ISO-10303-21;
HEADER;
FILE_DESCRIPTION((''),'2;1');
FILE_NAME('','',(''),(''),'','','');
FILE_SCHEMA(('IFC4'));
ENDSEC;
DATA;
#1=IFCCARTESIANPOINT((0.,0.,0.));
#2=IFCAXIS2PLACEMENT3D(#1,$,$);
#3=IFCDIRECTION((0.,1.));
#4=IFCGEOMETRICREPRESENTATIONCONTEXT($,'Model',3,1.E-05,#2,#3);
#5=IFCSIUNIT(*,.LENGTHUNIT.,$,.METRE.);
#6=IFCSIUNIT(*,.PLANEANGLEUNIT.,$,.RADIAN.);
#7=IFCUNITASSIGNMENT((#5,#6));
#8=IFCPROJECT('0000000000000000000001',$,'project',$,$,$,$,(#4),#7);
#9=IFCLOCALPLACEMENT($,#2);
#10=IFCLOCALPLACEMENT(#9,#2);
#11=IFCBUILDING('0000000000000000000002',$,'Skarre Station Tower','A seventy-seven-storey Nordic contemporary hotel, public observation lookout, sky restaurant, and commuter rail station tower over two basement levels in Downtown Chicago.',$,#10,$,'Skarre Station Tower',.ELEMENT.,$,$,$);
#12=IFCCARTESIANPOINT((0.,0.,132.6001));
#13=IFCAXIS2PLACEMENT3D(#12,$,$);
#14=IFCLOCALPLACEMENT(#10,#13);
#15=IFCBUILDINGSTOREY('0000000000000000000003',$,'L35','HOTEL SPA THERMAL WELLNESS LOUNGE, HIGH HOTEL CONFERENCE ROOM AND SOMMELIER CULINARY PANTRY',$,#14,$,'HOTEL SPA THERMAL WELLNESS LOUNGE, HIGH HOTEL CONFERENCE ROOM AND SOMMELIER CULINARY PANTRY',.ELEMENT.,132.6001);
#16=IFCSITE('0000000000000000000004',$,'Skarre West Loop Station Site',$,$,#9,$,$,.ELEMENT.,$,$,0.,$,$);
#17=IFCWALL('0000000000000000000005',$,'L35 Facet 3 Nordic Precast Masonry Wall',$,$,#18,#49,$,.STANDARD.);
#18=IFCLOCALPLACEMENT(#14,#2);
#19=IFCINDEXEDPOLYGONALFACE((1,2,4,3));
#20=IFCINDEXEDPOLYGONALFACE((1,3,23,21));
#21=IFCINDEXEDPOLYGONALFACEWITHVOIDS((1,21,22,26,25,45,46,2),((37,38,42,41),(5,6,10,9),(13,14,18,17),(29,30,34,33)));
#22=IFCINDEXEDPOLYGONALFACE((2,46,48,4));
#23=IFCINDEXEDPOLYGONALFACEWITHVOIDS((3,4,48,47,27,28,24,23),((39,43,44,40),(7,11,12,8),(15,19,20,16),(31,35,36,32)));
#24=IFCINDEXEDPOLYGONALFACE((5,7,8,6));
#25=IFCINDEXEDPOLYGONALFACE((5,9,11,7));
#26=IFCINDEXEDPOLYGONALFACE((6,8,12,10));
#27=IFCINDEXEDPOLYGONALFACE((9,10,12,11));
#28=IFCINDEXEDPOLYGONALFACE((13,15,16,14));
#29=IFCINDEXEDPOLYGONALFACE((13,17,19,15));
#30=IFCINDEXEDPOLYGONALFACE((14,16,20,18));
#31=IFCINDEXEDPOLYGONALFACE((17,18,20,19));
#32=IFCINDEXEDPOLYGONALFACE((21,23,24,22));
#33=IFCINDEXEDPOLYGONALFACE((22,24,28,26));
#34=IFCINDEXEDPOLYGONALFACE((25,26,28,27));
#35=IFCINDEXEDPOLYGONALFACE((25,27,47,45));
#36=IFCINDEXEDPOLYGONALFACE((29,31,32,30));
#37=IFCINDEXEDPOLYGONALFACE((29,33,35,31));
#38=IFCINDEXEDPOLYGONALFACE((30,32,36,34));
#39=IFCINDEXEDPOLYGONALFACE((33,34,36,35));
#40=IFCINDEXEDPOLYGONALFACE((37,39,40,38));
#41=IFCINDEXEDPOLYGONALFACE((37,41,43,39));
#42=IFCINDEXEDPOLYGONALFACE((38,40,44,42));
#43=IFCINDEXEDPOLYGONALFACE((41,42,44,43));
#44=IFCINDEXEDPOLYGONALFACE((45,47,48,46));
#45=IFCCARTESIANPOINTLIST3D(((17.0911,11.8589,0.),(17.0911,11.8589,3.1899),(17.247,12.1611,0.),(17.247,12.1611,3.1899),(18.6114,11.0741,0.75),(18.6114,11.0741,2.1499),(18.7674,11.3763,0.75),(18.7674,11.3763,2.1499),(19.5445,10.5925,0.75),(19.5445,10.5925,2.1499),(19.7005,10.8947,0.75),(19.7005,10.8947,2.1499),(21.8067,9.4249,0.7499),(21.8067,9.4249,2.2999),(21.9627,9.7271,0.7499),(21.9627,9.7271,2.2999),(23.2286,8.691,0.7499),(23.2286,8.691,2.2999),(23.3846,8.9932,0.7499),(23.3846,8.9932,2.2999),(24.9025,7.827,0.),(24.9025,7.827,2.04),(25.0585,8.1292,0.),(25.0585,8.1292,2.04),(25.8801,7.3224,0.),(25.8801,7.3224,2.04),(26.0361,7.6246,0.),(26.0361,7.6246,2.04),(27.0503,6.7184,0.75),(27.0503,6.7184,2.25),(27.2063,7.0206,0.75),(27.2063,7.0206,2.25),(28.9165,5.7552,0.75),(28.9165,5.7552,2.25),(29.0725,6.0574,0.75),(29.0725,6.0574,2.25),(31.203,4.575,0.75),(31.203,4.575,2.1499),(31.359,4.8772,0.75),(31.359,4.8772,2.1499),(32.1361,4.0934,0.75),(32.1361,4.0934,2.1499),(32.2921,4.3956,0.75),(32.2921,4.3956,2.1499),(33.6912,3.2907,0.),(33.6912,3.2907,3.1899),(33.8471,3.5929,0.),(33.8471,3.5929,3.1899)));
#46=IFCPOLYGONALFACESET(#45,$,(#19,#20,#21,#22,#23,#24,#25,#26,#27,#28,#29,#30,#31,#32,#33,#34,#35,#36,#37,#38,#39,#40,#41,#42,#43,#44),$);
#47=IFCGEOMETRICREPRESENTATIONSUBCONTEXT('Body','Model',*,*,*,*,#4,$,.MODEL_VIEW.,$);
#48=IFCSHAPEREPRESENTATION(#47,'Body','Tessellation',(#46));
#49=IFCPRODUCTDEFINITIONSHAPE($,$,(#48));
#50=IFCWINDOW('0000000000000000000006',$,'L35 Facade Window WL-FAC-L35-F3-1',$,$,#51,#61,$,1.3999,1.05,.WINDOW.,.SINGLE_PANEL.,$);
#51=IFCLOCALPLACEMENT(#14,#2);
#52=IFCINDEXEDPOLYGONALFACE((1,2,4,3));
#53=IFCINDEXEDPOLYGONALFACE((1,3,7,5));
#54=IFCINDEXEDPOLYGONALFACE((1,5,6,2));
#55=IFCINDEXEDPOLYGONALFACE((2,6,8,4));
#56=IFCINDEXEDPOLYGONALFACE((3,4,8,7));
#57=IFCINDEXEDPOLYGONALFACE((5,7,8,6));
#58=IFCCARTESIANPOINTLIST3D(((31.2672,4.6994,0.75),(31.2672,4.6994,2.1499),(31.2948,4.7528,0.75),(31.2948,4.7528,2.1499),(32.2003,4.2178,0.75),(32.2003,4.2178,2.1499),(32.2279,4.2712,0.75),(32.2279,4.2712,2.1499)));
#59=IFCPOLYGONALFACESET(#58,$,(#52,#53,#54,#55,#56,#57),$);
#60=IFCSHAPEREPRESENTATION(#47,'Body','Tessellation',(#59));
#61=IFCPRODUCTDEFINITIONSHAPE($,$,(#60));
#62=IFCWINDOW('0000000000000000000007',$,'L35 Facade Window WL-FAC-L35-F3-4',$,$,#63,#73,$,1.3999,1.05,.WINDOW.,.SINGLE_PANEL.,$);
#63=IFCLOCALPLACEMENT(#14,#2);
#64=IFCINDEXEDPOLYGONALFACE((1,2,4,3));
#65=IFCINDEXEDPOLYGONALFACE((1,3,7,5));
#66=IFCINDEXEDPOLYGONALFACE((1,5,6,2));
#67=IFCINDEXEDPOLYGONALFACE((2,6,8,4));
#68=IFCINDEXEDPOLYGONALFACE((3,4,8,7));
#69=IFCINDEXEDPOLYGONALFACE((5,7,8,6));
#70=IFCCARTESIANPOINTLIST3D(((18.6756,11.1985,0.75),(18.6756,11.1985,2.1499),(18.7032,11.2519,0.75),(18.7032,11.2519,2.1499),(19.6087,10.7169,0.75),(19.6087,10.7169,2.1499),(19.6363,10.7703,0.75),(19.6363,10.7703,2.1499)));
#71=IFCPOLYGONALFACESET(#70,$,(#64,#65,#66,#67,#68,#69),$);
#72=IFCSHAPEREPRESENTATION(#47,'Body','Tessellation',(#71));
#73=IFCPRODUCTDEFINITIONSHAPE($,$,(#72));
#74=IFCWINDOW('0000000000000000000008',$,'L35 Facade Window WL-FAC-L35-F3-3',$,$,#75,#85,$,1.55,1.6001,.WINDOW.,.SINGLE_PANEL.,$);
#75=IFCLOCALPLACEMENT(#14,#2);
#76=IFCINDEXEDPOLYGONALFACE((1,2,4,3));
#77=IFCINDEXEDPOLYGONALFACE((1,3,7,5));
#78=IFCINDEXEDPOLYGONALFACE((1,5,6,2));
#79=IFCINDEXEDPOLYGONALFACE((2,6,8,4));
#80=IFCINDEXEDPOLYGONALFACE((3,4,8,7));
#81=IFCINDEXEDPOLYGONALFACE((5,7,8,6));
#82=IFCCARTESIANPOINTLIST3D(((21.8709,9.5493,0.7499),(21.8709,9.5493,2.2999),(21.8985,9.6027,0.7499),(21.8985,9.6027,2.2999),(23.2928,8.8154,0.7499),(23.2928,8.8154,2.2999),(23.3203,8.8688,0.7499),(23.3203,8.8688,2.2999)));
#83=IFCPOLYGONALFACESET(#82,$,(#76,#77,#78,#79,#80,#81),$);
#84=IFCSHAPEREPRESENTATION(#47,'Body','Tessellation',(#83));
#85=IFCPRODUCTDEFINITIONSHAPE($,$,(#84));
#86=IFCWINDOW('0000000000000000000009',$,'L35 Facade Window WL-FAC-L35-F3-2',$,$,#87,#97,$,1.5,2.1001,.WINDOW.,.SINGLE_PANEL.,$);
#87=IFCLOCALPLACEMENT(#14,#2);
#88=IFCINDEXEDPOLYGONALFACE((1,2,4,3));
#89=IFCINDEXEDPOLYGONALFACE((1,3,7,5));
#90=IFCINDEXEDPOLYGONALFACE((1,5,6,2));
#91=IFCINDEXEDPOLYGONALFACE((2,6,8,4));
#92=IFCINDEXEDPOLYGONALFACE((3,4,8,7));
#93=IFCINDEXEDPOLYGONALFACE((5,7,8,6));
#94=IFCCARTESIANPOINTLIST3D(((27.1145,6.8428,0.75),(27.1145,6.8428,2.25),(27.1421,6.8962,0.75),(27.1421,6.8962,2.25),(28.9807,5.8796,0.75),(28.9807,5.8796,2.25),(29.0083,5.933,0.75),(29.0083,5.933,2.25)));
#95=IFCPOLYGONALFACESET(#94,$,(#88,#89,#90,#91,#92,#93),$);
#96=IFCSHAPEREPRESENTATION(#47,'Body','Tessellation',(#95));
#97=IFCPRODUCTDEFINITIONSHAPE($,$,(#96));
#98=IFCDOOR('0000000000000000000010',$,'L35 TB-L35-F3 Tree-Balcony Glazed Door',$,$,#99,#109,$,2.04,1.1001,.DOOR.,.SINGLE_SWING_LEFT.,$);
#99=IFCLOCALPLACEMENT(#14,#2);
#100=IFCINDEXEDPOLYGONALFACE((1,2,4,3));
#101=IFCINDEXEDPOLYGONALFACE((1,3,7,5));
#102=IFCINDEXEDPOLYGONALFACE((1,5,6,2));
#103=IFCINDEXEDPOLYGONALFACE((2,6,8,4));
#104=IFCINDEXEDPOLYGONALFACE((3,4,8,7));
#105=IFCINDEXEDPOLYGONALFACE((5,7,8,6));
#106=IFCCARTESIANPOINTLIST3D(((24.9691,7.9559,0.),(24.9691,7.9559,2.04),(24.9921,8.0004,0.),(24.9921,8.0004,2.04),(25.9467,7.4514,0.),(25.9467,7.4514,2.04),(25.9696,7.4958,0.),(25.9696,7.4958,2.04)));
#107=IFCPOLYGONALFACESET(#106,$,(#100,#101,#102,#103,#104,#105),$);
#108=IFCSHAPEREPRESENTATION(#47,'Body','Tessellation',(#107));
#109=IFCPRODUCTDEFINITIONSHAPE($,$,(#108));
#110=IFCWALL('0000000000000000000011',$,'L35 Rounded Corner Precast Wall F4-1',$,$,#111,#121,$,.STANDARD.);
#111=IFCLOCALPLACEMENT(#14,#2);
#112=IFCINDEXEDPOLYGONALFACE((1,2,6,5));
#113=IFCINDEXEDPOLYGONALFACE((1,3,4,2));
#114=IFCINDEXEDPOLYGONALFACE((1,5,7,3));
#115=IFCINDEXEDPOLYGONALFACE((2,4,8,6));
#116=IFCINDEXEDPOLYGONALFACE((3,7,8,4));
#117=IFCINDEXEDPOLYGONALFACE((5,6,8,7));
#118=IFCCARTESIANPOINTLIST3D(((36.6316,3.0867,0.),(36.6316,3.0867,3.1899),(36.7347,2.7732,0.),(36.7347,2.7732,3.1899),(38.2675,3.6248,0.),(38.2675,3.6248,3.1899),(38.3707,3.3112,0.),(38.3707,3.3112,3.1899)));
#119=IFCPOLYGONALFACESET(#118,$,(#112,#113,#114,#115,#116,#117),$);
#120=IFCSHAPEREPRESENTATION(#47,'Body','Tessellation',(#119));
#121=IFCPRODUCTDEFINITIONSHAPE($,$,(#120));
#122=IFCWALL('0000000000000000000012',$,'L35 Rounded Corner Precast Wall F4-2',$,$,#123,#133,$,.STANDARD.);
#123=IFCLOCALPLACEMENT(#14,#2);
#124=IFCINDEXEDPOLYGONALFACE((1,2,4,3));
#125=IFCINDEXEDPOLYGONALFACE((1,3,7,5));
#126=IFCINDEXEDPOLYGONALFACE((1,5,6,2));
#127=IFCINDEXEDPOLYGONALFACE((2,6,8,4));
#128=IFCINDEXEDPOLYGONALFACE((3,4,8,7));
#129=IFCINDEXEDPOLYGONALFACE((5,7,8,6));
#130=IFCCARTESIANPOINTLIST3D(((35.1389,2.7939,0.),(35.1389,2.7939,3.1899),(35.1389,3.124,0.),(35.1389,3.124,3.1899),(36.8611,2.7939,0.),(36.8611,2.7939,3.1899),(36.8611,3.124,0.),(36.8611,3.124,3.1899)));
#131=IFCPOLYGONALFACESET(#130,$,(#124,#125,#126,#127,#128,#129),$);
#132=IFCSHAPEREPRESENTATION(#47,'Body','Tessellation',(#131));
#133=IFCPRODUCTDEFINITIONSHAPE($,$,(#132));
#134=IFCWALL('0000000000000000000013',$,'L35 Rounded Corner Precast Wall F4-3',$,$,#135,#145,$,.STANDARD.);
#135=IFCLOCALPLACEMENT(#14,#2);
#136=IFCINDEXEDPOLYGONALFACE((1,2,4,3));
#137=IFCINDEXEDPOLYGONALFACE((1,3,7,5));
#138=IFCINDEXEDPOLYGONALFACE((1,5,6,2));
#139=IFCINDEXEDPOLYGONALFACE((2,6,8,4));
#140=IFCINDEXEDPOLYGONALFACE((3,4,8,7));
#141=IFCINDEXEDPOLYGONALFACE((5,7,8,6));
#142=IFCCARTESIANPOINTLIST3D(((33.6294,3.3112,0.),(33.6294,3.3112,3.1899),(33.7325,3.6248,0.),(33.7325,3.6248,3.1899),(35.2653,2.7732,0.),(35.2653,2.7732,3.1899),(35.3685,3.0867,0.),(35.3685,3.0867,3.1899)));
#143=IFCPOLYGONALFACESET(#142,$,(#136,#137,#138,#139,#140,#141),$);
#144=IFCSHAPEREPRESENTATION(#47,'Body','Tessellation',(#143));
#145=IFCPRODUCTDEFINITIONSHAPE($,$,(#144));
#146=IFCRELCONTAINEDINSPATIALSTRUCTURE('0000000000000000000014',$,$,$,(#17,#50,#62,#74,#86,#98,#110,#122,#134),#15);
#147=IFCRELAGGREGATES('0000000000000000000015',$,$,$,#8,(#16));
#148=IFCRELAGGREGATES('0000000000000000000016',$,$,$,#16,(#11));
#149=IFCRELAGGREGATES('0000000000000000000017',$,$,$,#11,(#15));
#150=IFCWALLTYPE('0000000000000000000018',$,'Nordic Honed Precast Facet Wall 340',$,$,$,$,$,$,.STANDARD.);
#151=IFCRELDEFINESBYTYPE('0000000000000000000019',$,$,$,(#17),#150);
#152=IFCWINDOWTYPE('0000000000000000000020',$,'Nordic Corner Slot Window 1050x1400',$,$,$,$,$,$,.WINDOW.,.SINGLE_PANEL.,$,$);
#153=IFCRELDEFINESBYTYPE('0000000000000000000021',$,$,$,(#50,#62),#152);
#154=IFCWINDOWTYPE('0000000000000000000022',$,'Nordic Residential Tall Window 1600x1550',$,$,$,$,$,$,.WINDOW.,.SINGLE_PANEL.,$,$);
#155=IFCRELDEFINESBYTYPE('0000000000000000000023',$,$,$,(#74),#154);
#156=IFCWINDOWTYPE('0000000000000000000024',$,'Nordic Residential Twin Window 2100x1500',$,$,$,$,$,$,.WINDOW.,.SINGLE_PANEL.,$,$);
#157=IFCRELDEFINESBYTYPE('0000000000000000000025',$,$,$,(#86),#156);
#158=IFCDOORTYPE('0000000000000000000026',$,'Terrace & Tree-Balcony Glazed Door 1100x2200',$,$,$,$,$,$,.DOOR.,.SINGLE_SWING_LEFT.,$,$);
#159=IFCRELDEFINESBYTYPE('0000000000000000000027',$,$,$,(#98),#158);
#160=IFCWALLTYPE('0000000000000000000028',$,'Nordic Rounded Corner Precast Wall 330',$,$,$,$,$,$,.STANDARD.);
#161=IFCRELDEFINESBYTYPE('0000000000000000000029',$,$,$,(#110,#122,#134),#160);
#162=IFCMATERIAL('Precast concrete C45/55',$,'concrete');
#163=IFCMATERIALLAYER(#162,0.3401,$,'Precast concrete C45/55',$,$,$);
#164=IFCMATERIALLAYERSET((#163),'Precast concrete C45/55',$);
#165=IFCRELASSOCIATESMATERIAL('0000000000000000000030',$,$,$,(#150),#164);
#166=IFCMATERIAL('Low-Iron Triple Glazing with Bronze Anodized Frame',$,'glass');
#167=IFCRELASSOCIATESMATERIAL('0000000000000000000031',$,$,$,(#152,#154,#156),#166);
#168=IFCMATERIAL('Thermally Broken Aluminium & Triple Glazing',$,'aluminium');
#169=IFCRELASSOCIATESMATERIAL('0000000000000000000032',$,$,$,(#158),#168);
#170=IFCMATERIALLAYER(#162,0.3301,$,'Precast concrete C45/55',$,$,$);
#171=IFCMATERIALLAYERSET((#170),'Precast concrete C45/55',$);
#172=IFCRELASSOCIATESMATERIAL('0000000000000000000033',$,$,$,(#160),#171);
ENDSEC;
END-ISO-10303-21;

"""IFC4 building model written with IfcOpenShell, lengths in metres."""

from ifc_helpers import new_model, si_unit, direction, frame, frame_2d, origin, place, context, subcontext, project, spatial, rectangle, extrude, material, layer, layer_set, type_object, element, fill, save


model = new_model("IFC4")

# Units and contexts
model_context = context("Model", 3, precision=1e-05, world=origin(), true_north=direction((0.0, 1.0)))
body_context = subcontext(model_context, "Body", "Model", "MODEL_VIEW")
ifc_project = project(units=[si_unit("LENGTHUNIT", "METRE"), si_unit("PLANEANGLEUNIT", "RADIAN")], contexts=[model_context])

# Site, building, storey
site_placement = place(None, origin())
site = spatial("IfcSite", under=ifc_project, at=site_placement, Name="Skarre West Loop Station Site", CompositionType="ELEMENT", RefElevation=0.0)
building_placement = place(site_placement, origin())
building = spatial("IfcBuilding", under=site, at=building_placement, Name="Skarre Station Tower", Description="A seventy-seven-storey Nordic contemporary hotel, public observation lookout, sky restaurant, and commuter rail station tower over two basement levels in Downtown Chicago.", LongName="Skarre Station Tower", CompositionType="ELEMENT")
storey_placement = place(building_placement, frame((0.0, 0.0, 132.6001)))
storey = spatial("IfcBuildingStorey", under=building, at=storey_placement, Name="L35", Description="HOTEL SPA THERMAL WELLNESS LOUNGE, HIGH HOTEL CONFERENCE ROOM AND SOMMELIER CULINARY PANTRY", LongName="HOTEL SPA THERMAL WELLNESS LOUNGE, HIGH HOTEL CONFERENCE ROOM AND SOMMELIER CULINARY PANTRY", CompositionType="ELEMENT", Elevation=132.6001)

# Wall, openings, windows, door
ifc_material_1 = material(Name="Precast concrete C45/55", Category="concrete")
ifc_layer_1 = layer(ifc_material_1, 0.3401, Name="Precast concrete C45/55")
ifc_layer_set_1 = layer_set([ifc_layer_1], Name="Precast concrete C45/55")
wall_type_1 = type_object("IfcWallType", Name="Nordic Honed Precast Facet Wall 340", PredefinedType="STANDARD", material=ifc_layer_set_1)
wall_1_placement = place(storey_placement, frame((33.769, 3.4419, 0.0), z_axis=(0.0, 0.0, 1.0), x_axis=(-0.888614, 0.458657, 0.0)))
wall_1 = element("IfcWall", 1, at=wall_1_placement, inside=storey, type_object=wall_type_1, Name="L35 Facet 3 Nordic Precast Masonry Wall", PredefinedType="STANDARD", context=body_context, shape_type="SweptSolid", body=[
    extrude(rectangle(XDim=18.6809, YDim=0.3401, at=frame_2d((9.3403, 0.0))), origin(), (0.0, 0.0, 1.0), 3.1899),
])
opening_1_placement = place(wall_1_placement, frame((8.79, 0.0, 0.0)))
opening_1 = element("IfcOpeningElement", 2, at=opening_1_placement, cuts=wall_1, PredefinedType="OPENING", context=body_context, shape_type="SweptSolid", body=[
    extrude(rectangle(XDim=1.1001, YDim=2.04, at=frame_2d((0.55, 1.02))), frame((0.0, 0.1799, 0.0), z_axis=(0.0, -1.0, 0.0), x_axis=(1.0, 0.0, 0.0)), (0.0, 0.0, 1.0), 0.3601),
])
opening_2_placement = place(wall_1_placement, frame((1.75, 0.0, 0.75)))
opening_2 = element("IfcOpeningElement", 3, at=opening_2_placement, cuts=wall_1, PredefinedType="OPENING", context=body_context, shape_type="SweptSolid", body=[
    extrude(rectangle(XDim=1.05, YDim=1.3999, at=frame_2d((0.5249, 0.7))), frame((0.0, 0.1799, 0.0), z_axis=(0.0, -1.0, 0.0), x_axis=(1.0, 0.0, 0.0)), (0.0, 0.0, 1.0), 0.3601),
])
opening_3_placement = place(wall_1_placement, frame((5.373, 0.0, 0.75)))
opening_3 = element("IfcOpeningElement", 4, at=opening_3_placement, cuts=wall_1, PredefinedType="OPENING", context=body_context, shape_type="SweptSolid", body=[
    extrude(rectangle(XDim=2.1001, YDim=1.5, at=frame_2d((1.05, 0.75))), frame((0.0, 0.1799, 0.0), z_axis=(0.0, -1.0, 0.0), x_axis=(1.0, 0.0, 0.0)), (0.0, 0.0, 1.0), 0.3601),
])
opening_4_placement = place(wall_1_placement, frame((11.7739, 0.0, 0.75)))
opening_4 = element("IfcOpeningElement", 5, at=opening_4_placement, cuts=wall_1, PredefinedType="OPENING", context=body_context, shape_type="SweptSolid", body=[
    extrude(rectangle(XDim=1.6001, YDim=1.55, at=frame_2d((0.8, 0.7749))), frame((0.0, 0.1799, 0.0), z_axis=(0.0, -1.0, 0.0), x_axis=(1.0, 0.0, 0.0)), (0.0, 0.0, 1.0), 0.3601),
])
opening_5_placement = place(wall_1_placement, frame((15.9199, 0.0, 0.75)))
opening_5 = element("IfcOpeningElement", 6, at=opening_5_placement, cuts=wall_1, PredefinedType="OPENING", context=body_context, shape_type="SweptSolid", body=[
    extrude(rectangle(XDim=1.05, YDim=1.3999, at=frame_2d((0.5249, 0.7))), frame((0.0, 0.1799, 0.0), z_axis=(0.0, -1.0, 0.0), x_axis=(1.0, 0.0, 0.0)), (0.0, 0.0, 1.0), 0.3601),
])
ifc_material_2 = material(Name="Low-Iron Triple Glazing with Bronze Anodized Frame", Category="glass")
window_type_1 = type_object("IfcWindowType", Name="Nordic Corner Slot Window 1050x1400", PartitioningType="SINGLE_PANEL", PredefinedType="WINDOW", material=ifc_material_2)
window_1_placement = place(opening_2_placement, origin())
window_1 = element("IfcWindow", 7, at=window_1_placement, inside=storey, type_object=window_type_1, Name="L35 Facade Window WL-FAC-L35-F3-1", OverallHeight=1.3999, OverallWidth=1.05, PartitioningType="SINGLE_PANEL", PredefinedType="WINDOW", context=body_context, shape_type="SweptSolid", body=[
    extrude(rectangle(XDim=1.05, YDim=1.3999, at=frame_2d((0.5249, 0.7))), frame((0.0, 0.03, 0.0), z_axis=(0.0, -1.0, 0.0), x_axis=(1.0, 0.0, 0.0)), (0.0, 0.0, 1.0), 0.0601),
])
fill(opening_2, window_1)
window_2_placement = place(opening_5_placement, origin())
window_2 = element("IfcWindow", 8, at=window_2_placement, inside=storey, type_object=window_type_1, Name="L35 Facade Window WL-FAC-L35-F3-4", OverallHeight=1.3999, OverallWidth=1.05, PartitioningType="SINGLE_PANEL", PredefinedType="WINDOW", context=body_context, shape_type="SweptSolid", body=[
    extrude(rectangle(XDim=1.05, YDim=1.3999, at=frame_2d((0.5249, 0.7))), frame((0.0, 0.03, 0.0), z_axis=(0.0, -1.0, 0.0), x_axis=(1.0, 0.0, 0.0)), (0.0, 0.0, 1.0), 0.0601),
])
fill(opening_5, window_2)
window_type_2 = type_object("IfcWindowType", Name="Nordic Residential Tall Window 1600x1550", PartitioningType="SINGLE_PANEL", PredefinedType="WINDOW", material=ifc_material_2)
window_3_placement = place(opening_4_placement, origin())
window_3 = element("IfcWindow", 9, at=window_3_placement, inside=storey, type_object=window_type_2, Name="L35 Facade Window WL-FAC-L35-F3-3", OverallHeight=1.55, OverallWidth=1.6001, PartitioningType="SINGLE_PANEL", PredefinedType="WINDOW", context=body_context, shape_type="SweptSolid", body=[
    extrude(rectangle(XDim=1.6001, YDim=1.55, at=frame_2d((0.8, 0.7749))), frame((0.0, 0.03, 0.0), z_axis=(0.0, -1.0, 0.0), x_axis=(1.0, 0.0, 0.0)), (0.0, 0.0, 1.0), 0.0601),
])
fill(opening_4, window_3)
window_type_3 = type_object("IfcWindowType", Name="Nordic Residential Twin Window 2100x1500", PartitioningType="SINGLE_PANEL", PredefinedType="WINDOW", material=ifc_material_2)
window_4_placement = place(opening_3_placement, origin())
window_4 = element("IfcWindow", 10, at=window_4_placement, inside=storey, type_object=window_type_3, Name="L35 Facade Window WL-FAC-L35-F3-2", OverallHeight=1.5, OverallWidth=2.1001, PartitioningType="SINGLE_PANEL", PredefinedType="WINDOW", context=body_context, shape_type="SweptSolid", body=[
    extrude(rectangle(XDim=2.1001, YDim=1.5, at=frame_2d((1.05, 0.75))), frame((0.0, 0.03, 0.0), z_axis=(0.0, -1.0, 0.0), x_axis=(1.0, 0.0, 0.0)), (0.0, 0.0, 1.0), 0.0601),
])
fill(opening_3, window_4)
ifc_material_3 = material(Name="Thermally Broken Aluminium & Triple Glazing", Category="aluminium")
door_type_1 = type_object("IfcDoorType", Name="Terrace & Tree-Balcony Glazed Door 1100x2200", OperationType="SINGLE_SWING_LEFT", PredefinedType="DOOR", material=ifc_material_3)
door_1_placement = place(opening_1_placement, origin())
door_1 = element("IfcDoor", 11, at=door_1_placement, inside=storey, type_object=door_type_1, Name="L35 TB-L35-F3 Tree-Balcony Glazed Door", OperationType="SINGLE_SWING_LEFT", OverallHeight=2.04, OverallWidth=1.1001, PredefinedType="DOOR", context=body_context, shape_type="SweptSolid", body=[
    extrude(rectangle(XDim=1.1001, YDim=2.04, at=frame_2d((0.55, 1.02))), frame((0.0, 0.0249, 0.0), z_axis=(0.0, -1.0, 0.0), x_axis=(1.0, 0.0, 0.0)), (0.0, 0.0, 1.0), 0.05),
])
fill(opening_1, door_1)

# Walls
ifc_layer_2 = layer(ifc_material_1, 0.3301, Name="Precast concrete C45/55")
ifc_layer_set_2 = layer_set([ifc_layer_2], Name="Precast concrete C45/55")
wall_type_2 = type_object("IfcWallType", Name="Nordic Rounded Corner Precast Wall 330", PredefinedType="STANDARD", material=ifc_layer_set_2)
for number, where, z_axis, x_axis, name in (
    (12, (38.3191, 3.468, 0.0), (0.0, 0.0, 1.0), (-0.949937, -0.31244, 0.0), "L35 Rounded Corner Precast Wall F4-1"),
    (13, (36.8611, 2.959, 0.0), (0.0, 0.0, 1.0), (-1.0, 0.0, 0.0), "L35 Rounded Corner Precast Wall F4-2"),
    (14, (35.3169, 2.9299, 0.0), (0.0, 0.0, 1.0), (-0.949937, 0.31244, 0.0), "L35 Rounded Corner Precast Wall F4-3"),
):
    element("IfcWall", number, at=place(storey_placement, frame(where, z_axis=z_axis, x_axis=x_axis)), inside=storey, type_object=wall_type_2, Name=name, PredefinedType="STANDARD", context=body_context, shape_type="SweptSolid", body=[
        extrude(rectangle(XDim=1.7222, YDim=0.3301, at=frame_2d((0.8611, 0.0))), origin(), (0.0, 0.0, 1.0), 3.1899),
    ])

save(model, "model.ifc")
